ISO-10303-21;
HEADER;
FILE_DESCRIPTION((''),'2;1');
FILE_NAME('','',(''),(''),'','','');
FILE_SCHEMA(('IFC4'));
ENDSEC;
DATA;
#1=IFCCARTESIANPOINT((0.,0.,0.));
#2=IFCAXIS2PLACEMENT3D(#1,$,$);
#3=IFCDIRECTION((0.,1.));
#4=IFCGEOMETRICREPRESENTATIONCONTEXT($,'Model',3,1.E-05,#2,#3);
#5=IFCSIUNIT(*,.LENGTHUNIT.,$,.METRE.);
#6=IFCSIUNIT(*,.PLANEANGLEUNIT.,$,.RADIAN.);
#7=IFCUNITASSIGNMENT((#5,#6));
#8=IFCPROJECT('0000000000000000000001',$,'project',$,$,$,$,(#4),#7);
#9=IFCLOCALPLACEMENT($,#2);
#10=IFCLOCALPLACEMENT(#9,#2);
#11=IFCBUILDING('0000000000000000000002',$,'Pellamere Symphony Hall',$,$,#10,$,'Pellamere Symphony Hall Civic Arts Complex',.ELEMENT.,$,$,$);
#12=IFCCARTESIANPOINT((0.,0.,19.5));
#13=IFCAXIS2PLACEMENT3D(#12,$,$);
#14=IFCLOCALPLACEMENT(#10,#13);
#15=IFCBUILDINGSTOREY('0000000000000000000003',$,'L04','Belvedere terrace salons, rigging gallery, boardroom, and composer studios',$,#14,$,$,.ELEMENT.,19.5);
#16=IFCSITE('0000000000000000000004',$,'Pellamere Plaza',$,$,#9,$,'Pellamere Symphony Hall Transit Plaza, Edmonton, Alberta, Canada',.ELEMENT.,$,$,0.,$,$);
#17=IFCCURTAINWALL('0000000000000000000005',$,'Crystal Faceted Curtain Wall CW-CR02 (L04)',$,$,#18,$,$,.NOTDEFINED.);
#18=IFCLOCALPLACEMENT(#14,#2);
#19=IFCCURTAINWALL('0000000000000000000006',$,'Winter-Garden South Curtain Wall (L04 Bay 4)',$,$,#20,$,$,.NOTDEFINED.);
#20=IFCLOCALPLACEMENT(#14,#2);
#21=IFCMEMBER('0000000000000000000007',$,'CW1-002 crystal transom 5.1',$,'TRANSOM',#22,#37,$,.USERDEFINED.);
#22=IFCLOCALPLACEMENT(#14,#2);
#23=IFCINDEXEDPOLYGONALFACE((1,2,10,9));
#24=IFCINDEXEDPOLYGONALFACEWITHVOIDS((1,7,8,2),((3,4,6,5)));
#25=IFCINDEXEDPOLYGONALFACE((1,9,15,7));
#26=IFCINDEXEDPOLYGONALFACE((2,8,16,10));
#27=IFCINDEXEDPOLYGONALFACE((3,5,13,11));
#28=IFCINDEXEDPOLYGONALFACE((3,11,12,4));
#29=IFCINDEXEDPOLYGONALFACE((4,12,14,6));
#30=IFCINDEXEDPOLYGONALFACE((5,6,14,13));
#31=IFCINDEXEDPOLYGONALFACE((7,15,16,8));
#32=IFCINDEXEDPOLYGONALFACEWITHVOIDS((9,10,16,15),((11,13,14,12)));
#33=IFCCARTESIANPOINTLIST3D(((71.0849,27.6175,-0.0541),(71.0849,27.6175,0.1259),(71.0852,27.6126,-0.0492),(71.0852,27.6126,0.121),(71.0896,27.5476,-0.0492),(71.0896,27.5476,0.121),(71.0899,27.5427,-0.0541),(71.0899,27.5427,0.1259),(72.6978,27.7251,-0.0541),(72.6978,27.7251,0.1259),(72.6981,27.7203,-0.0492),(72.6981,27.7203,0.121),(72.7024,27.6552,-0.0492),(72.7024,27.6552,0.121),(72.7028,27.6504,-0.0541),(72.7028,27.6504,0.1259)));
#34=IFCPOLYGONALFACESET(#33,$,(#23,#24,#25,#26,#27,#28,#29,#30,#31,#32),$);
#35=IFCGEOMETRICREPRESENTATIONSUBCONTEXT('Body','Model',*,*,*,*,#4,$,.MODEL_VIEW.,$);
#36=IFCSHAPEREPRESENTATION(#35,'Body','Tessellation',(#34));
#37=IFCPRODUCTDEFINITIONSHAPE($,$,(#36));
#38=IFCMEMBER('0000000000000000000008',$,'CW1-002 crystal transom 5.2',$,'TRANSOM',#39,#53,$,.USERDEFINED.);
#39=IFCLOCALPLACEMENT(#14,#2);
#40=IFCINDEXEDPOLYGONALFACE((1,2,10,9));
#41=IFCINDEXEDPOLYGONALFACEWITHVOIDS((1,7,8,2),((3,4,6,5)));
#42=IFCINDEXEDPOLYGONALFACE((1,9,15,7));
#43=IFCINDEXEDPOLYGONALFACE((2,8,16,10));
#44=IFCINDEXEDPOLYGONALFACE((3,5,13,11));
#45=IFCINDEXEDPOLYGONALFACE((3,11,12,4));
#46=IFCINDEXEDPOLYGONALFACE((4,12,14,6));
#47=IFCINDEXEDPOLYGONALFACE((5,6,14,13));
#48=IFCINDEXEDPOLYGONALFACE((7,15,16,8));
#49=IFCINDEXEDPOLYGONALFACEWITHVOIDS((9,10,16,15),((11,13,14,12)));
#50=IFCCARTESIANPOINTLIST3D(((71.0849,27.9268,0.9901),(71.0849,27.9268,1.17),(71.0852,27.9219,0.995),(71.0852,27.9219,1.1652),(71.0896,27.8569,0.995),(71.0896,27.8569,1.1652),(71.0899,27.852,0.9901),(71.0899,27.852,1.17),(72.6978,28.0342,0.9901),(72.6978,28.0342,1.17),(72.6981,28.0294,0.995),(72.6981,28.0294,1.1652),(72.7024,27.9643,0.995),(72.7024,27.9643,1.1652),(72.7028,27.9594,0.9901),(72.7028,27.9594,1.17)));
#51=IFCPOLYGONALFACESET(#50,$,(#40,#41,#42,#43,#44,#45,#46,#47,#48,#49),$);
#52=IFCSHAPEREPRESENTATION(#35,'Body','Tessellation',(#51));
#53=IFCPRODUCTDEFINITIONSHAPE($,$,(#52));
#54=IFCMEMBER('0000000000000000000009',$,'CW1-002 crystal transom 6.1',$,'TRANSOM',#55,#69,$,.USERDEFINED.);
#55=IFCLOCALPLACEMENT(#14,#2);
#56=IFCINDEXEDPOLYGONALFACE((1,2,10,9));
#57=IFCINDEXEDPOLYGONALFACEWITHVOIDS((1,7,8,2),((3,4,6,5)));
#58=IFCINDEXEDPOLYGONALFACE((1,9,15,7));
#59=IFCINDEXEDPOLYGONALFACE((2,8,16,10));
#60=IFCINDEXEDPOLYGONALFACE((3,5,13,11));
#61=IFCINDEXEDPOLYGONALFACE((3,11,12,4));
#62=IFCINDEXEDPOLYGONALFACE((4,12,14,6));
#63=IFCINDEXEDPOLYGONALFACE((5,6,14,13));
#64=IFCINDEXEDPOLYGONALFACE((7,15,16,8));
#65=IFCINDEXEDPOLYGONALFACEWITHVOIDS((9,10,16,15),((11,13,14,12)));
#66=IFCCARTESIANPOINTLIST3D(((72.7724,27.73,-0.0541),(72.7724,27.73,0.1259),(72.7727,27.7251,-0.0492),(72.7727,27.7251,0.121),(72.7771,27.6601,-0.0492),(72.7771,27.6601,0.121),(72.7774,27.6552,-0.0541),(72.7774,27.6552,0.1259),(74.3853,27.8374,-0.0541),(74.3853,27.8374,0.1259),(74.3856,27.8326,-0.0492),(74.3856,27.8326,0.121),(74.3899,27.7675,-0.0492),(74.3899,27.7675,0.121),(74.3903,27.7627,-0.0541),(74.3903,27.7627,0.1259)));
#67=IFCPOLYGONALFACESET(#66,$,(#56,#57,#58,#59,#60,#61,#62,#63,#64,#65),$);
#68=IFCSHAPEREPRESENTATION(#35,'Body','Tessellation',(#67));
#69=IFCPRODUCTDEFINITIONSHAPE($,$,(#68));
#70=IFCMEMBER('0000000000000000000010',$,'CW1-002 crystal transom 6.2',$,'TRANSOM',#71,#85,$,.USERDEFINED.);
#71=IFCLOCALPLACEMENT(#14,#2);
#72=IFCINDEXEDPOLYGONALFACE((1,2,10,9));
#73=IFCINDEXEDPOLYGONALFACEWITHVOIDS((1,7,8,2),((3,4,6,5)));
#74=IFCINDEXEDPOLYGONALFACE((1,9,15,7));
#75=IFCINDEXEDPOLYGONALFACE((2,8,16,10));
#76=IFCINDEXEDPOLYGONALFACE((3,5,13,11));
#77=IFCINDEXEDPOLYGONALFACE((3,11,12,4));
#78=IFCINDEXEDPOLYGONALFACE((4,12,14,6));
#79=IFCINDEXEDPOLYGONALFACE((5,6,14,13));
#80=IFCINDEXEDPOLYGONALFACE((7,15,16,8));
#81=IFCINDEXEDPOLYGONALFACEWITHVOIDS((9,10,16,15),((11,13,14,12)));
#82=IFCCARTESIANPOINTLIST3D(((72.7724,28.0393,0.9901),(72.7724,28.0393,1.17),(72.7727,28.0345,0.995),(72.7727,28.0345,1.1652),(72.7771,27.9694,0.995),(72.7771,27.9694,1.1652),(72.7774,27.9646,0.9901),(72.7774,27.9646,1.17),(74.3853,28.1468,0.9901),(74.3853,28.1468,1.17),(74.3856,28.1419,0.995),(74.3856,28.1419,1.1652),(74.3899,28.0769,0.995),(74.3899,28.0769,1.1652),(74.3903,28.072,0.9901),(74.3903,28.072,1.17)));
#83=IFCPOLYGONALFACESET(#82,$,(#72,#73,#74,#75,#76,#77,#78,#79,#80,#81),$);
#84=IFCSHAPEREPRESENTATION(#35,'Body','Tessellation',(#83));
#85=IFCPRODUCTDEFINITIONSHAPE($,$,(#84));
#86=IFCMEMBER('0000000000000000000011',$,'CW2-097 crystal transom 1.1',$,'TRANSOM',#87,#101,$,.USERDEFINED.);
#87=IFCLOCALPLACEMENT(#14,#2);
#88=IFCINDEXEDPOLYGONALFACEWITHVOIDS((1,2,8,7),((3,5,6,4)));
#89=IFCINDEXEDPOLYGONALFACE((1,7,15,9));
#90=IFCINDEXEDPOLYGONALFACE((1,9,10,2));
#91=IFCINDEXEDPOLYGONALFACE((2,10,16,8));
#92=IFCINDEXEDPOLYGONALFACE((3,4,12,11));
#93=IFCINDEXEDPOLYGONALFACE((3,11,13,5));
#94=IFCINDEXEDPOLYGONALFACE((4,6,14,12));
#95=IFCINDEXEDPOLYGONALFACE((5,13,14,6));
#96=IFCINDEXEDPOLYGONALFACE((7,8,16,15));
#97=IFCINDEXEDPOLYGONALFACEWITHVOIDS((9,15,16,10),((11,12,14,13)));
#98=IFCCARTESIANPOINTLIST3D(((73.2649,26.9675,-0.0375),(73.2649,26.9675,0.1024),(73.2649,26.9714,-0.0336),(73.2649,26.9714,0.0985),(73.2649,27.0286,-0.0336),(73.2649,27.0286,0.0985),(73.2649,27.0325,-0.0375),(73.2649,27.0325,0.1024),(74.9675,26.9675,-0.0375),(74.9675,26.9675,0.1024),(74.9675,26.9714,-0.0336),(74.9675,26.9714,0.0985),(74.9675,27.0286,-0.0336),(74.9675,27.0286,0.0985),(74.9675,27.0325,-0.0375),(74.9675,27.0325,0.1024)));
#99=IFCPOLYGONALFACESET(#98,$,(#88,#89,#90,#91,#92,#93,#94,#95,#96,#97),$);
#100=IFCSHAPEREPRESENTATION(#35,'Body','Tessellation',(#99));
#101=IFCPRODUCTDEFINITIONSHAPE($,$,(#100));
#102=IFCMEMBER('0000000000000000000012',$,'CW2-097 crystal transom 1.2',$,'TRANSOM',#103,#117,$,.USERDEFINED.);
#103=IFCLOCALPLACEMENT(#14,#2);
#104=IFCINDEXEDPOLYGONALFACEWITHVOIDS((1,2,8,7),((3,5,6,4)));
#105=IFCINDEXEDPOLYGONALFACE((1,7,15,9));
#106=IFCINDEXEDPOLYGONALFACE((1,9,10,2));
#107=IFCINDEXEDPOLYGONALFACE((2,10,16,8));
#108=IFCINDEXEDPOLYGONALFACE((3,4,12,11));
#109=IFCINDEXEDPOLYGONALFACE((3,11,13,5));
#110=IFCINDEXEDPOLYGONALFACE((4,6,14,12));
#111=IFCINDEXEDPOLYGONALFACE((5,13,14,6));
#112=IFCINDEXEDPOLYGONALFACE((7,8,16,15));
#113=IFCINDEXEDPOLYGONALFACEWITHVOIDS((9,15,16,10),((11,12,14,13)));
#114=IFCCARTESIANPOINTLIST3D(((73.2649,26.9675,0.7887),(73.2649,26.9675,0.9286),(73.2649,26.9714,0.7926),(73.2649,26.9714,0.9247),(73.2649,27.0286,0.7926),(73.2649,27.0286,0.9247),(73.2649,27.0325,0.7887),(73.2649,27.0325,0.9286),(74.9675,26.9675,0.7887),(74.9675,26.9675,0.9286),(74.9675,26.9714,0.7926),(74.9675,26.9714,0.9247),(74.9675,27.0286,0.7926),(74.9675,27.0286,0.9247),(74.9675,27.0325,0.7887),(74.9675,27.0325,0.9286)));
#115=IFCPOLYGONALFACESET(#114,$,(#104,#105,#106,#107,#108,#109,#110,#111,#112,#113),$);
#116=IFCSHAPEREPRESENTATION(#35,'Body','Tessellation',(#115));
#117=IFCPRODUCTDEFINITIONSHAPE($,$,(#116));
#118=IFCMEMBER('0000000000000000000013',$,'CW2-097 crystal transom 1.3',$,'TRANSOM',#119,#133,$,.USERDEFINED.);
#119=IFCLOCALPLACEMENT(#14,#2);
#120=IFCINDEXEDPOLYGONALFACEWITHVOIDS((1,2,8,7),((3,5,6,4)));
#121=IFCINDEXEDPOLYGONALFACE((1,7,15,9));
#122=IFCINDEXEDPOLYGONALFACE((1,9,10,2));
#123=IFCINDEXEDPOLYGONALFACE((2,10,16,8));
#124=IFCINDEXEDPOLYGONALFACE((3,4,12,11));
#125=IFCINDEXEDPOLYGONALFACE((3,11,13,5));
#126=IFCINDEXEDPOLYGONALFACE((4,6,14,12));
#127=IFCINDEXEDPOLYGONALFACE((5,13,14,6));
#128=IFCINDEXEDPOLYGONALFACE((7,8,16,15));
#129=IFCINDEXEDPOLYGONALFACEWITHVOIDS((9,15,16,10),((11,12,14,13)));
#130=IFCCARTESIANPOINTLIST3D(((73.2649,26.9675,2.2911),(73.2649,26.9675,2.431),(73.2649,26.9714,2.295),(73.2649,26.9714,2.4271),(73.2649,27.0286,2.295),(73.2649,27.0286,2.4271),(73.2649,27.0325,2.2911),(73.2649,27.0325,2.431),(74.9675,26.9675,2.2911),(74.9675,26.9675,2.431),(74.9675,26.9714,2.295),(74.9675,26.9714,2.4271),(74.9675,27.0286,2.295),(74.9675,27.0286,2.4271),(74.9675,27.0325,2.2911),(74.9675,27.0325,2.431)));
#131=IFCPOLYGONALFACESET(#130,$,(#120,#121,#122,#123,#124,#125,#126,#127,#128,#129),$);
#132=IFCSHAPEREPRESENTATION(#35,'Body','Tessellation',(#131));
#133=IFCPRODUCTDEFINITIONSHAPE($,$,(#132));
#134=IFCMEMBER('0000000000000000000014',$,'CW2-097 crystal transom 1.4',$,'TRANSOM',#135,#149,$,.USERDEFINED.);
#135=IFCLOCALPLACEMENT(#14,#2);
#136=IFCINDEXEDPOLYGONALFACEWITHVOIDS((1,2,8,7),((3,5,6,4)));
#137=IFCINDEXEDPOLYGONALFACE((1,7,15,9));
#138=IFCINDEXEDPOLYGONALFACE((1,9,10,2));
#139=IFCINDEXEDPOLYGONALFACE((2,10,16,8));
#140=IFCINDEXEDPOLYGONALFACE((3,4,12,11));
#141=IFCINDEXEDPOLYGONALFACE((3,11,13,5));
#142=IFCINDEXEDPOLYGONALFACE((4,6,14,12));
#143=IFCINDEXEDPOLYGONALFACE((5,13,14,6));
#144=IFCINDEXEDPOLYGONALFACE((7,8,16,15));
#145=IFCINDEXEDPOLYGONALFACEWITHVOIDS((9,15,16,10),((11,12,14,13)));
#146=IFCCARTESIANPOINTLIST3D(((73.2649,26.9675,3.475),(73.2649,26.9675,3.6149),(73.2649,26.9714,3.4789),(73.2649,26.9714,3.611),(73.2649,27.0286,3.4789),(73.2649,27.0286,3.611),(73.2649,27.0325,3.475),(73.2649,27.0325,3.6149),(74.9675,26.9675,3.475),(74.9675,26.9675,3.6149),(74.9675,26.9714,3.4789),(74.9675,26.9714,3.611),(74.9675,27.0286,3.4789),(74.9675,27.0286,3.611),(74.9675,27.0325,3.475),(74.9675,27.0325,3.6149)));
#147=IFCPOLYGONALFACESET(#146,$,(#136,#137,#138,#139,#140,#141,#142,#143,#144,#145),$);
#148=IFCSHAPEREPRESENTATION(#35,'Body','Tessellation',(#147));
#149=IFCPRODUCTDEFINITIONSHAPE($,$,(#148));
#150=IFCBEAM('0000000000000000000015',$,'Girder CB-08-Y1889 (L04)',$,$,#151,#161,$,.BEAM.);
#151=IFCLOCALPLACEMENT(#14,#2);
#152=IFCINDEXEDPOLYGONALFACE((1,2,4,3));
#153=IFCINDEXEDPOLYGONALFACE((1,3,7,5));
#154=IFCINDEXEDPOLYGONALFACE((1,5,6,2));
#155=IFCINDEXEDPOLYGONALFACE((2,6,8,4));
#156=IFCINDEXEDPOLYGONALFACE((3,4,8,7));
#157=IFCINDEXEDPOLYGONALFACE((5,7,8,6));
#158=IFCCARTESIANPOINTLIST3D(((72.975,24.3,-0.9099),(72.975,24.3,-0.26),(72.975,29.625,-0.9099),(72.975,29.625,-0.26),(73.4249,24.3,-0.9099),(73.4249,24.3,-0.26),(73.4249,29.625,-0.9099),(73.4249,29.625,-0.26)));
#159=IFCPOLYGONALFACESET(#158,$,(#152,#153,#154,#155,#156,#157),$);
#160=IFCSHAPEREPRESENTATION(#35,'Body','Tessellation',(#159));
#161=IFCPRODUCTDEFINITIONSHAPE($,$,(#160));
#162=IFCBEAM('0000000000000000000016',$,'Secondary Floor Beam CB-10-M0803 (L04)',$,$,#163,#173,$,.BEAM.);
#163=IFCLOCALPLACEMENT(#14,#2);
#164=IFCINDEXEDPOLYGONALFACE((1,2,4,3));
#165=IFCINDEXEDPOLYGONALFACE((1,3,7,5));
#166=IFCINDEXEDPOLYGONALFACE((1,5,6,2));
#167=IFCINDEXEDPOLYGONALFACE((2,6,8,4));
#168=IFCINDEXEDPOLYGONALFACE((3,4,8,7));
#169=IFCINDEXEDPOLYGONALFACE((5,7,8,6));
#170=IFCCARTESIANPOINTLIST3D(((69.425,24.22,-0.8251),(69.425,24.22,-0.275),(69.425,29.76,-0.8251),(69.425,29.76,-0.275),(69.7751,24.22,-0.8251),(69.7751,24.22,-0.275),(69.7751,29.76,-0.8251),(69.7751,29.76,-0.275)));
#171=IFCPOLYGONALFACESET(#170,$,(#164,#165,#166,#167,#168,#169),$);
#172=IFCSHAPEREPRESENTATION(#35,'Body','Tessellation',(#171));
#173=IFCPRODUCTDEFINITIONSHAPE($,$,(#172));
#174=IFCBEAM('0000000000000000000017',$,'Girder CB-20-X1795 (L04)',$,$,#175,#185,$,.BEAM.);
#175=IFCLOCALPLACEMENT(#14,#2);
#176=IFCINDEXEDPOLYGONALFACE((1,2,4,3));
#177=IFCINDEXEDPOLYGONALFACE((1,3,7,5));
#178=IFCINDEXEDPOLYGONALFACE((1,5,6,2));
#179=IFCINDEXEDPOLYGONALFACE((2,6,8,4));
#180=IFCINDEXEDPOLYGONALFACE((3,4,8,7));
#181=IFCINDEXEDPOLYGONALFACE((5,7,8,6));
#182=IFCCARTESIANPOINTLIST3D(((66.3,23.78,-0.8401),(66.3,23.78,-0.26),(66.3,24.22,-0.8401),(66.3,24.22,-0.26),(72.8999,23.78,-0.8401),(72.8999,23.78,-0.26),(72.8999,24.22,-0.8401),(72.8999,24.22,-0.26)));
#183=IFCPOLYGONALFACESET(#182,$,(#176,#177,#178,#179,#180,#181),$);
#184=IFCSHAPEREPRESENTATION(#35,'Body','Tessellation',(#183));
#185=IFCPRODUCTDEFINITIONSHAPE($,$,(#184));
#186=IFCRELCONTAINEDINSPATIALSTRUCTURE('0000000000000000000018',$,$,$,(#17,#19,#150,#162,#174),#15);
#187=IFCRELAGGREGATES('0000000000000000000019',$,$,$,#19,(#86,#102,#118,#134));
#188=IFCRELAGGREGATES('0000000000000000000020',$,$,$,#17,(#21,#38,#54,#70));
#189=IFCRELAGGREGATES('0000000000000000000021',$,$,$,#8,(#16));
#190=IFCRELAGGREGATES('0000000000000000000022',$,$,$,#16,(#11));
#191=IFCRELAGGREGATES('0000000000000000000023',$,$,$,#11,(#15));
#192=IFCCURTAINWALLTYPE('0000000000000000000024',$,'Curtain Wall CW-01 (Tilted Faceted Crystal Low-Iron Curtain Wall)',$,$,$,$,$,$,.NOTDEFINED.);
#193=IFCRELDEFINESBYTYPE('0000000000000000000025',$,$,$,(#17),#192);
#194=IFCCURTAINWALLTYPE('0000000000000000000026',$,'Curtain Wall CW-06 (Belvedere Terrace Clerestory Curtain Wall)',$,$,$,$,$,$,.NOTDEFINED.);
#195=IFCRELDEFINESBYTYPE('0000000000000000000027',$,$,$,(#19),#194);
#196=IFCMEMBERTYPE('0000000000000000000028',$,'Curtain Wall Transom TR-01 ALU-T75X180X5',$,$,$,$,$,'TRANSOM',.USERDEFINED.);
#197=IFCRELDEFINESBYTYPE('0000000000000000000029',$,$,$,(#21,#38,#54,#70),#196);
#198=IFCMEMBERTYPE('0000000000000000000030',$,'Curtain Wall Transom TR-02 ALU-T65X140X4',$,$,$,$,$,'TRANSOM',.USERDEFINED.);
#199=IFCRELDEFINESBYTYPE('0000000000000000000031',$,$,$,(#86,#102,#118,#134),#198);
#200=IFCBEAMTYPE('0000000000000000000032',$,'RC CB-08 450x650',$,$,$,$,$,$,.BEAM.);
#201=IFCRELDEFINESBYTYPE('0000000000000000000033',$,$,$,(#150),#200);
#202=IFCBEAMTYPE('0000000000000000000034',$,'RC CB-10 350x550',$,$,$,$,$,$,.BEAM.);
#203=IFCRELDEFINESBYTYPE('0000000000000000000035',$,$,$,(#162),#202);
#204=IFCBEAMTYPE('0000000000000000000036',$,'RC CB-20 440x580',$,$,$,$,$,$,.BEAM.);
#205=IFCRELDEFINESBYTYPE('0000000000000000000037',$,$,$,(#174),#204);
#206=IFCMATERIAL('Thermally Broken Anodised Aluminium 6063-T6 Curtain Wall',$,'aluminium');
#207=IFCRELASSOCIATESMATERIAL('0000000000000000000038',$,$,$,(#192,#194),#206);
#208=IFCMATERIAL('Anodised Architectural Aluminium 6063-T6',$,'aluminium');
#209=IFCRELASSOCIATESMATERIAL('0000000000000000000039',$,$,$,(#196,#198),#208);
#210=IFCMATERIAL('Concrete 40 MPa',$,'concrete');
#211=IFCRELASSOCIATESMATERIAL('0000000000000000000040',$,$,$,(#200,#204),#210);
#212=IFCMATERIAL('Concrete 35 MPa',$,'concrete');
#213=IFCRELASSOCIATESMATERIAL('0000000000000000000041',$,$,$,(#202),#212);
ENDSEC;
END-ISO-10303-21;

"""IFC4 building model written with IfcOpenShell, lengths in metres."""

from ifc_helpers import new_model, si_unit, direction, frame, origin, origin_2d, place, context, subcontext, project, spatial, rectangle, hollow_rectangle, extrude, material, material_profile, profile_set, type_object, element, aggregate, save


model = new_model("IFC4")

# Units and contexts
model_context = context("Model", 3, precision=1e-05, world=origin(), true_north=direction((0.0, 1.0)))
body_context = subcontext(model_context, "Body", "Model", "MODEL_VIEW")
ifc_project = project(units=[si_unit("LENGTHUNIT", "METRE"), si_unit("PLANEANGLEUNIT", "RADIAN")], contexts=[model_context])

# Site, building, storey
site_placement = place(None, origin())
site = spatial("IfcSite", under=ifc_project, at=site_placement, Name="Pellamere Plaza", LongName="Pellamere Symphony Hall Transit Plaza, Edmonton, Alberta, Canada", CompositionType="ELEMENT", RefElevation=0.0)
building_placement = place(site_placement, origin())
building = spatial("IfcBuilding", under=site, at=building_placement, Name="Pellamere Symphony Hall", LongName="Pellamere Symphony Hall Civic Arts Complex", CompositionType="ELEMENT")
storey_placement = place(building_placement, frame((0.0, 0.0, 19.5)))
storey = spatial("IfcBuildingStorey", under=building, at=storey_placement, Name="L04", Description="Belvedere terrace salons, rigging gallery, boardroom, and composer studios", CompositionType="ELEMENT", Elevation=19.5)

# Curtain wall
ifc_material_1 = material(Name="Thermally Broken Anodised Aluminium 6063-T6 Curtain Wall", Category="aluminium")
curtain_wall_type_1 = type_object("IfcCurtainWallType", Name="Curtain Wall CW-01 (Tilted Faceted Crystal Low-Iron Curtain Wall)", PredefinedType="NOTDEFINED", material=ifc_material_1)
curtain_wall_1_placement = place(storey_placement, origin())
curtain_wall_1 = element("IfcCurtainWall", 1, at=curtain_wall_1_placement, inside=storey, type_object=curtain_wall_type_1, Name="Crystal Faceted Curtain Wall CW-CR02 (L04)", PredefinedType="NOTDEFINED")
ifc_material_2 = material(Name="Anodised Architectural Aluminium 6063-T6", Category="aluminium")

# Curtain wall
curtain_wall_type_2 = type_object("IfcCurtainWallType", Name="Curtain Wall CW-06 (Belvedere Terrace Clerestory Curtain Wall)", PredefinedType="NOTDEFINED", material=ifc_material_1)
curtain_wall_2_placement = place(storey_placement, origin())
curtain_wall_2 = element("IfcCurtainWall", 2, at=curtain_wall_2_placement, inside=storey, type_object=curtain_wall_type_2, Name="Winter-Garden South Curtain Wall (L04 Bay 4)", PredefinedType="NOTDEFINED")

# Members
ifc_material_profile_1 = material_profile(ifc_material_2, hollow_rectangle(XDim=0.075, YDim=0.1799, WallThickness=0.0049, at=origin_2d()), Name="ALU-T75X180X5")
ifc_profile_set_1 = profile_set([ifc_material_profile_1], Name="Anodised Architectural Aluminium 6063-T6")
member_type_1 = type_object("IfcMemberType", Name="Curtain Wall Transom TR-01 ALU-T75X180X5", ElementType="TRANSOM", PredefinedType="USERDEFINED", material=ifc_profile_set_1)
member_1_placement = place(storey_placement, frame((71.0874, 27.5801, 0.0359), z_axis=(0.997779, 0.066609, 0.0), x_axis=(-0.066609, 0.997779, 0.0)))
member_1 = element("IfcMember", 3, at=member_1_placement, type_object=member_type_1, Name="CW1-002 crystal transom 5.1", ObjectType="TRANSOM", PredefinedType="USERDEFINED", context=body_context, shape_type="SweptSolid", body=[
    extrude(hollow_rectangle(XDim=0.075, YDim=0.1799, WallThickness=0.0049, at=origin_2d()), origin(), (0.0, 0.0, 1.0), 1.6165),
])
member_2_placement = place(storey_placement, frame((71.0874, 27.8894, 1.0801), z_axis=(0.997789, 0.066459, 0.0), x_axis=(-0.066459, 0.997789, 0.0)))
member_2 = element("IfcMember", 4, at=member_2_placement, type_object=member_type_1, Name="CW1-002 crystal transom 5.2", ObjectType="TRANSOM", PredefinedType="USERDEFINED", context=body_context, shape_type="SweptSolid", body=[
    extrude(hollow_rectangle(XDim=0.075, YDim=0.1799, WallThickness=0.0049, at=origin_2d()), origin(), (0.0, 0.0, 1.0), 1.6165),
])
member_3_placement = place(storey_placement, frame((72.7749, 27.6926, 0.0359), z_axis=(0.997789, 0.066459, 0.0), x_axis=(-0.066459, 0.997789, 0.0)))
member_3 = element("IfcMember", 5, at=member_3_placement, type_object=member_type_1, Name="CW1-002 crystal transom 6.1", ObjectType="TRANSOM", PredefinedType="USERDEFINED", context=body_context, shape_type="SweptSolid", body=[
    extrude(hollow_rectangle(XDim=0.075, YDim=0.1799, WallThickness=0.0049, at=origin_2d()), origin(), (0.0, 0.0, 1.0), 1.6165),
])
member_4_placement = place(storey_placement, frame((72.7749, 28.002, 1.0801), z_axis=(0.997789, 0.066459, 0.0), x_axis=(-0.066459, 0.997789, 0.0)))
member_4 = element("IfcMember", 6, at=member_4_placement, type_object=member_type_1, Name="CW1-002 crystal transom 6.2", ObjectType="TRANSOM", PredefinedType="USERDEFINED", context=body_context, shape_type="SweptSolid", body=[
    extrude(hollow_rectangle(XDim=0.075, YDim=0.1799, WallThickness=0.0049, at=origin_2d()), origin(), (0.0, 0.0, 1.0), 1.6165),
])
ifc_material_profile_2 = material_profile(ifc_material_2, hollow_rectangle(XDim=0.0649, YDim=0.1399, WallThickness=0.0039, at=origin_2d()), Name="ALU-T65X140X4")
ifc_profile_set_2 = profile_set([ifc_material_profile_2], Name="Anodised Architectural Aluminium 6063-T6")
member_type_2 = type_object("IfcMemberType", Name="Curtain Wall Transom TR-02 ALU-T65X140X4", ElementType="TRANSOM", PredefinedType="USERDEFINED", material=ifc_profile_set_2)
member_5_placement = place(storey_placement, frame((73.2649, 27.0, 0.0325), z_axis=(1.0, 0.0, 0.0), x_axis=(0.0, 1.0, 0.0)))
member_5 = element("IfcMember", 7, at=member_5_placement, type_object=member_type_2, Name="CW2-097 crystal transom 1.1", ObjectType="TRANSOM", PredefinedType="USERDEFINED", context=body_context, shape_type="SweptSolid", body=[
    extrude(hollow_rectangle(XDim=0.0649, YDim=0.1399, WallThickness=0.0039, at=origin_2d()), origin(), (0.0, 0.0, 1.0), 1.7026),
])
member_6_placement = place(storey_placement, frame((73.2649, 27.0, 0.8586), z_axis=(1.0, 0.0, 0.0), x_axis=(0.0, 1.0, 0.0)))
member_6 = element("IfcMember", 8, at=member_6_placement, type_object=member_type_2, Name="CW2-097 crystal transom 1.2", ObjectType="TRANSOM", PredefinedType="USERDEFINED", context=body_context, shape_type="SweptSolid", body=[
    extrude(hollow_rectangle(XDim=0.0649, YDim=0.1399, WallThickness=0.0039, at=origin_2d()), origin(), (0.0, 0.0, 1.0), 1.7026),
])
member_7_placement = place(storey_placement, frame((73.2649, 27.0, 2.3611), z_axis=(1.0, 0.0, 0.0), x_axis=(0.0, 1.0, 0.0)))
member_7 = element("IfcMember", 9, at=member_7_placement, type_object=member_type_2, Name="CW2-097 crystal transom 1.3", ObjectType="TRANSOM", PredefinedType="USERDEFINED", context=body_context, shape_type="SweptSolid", body=[
    extrude(hollow_rectangle(XDim=0.0649, YDim=0.1399, WallThickness=0.0039, at=origin_2d()), origin(), (0.0, 0.0, 1.0), 1.7026),
])
member_8_placement = place(storey_placement, frame((73.2649, 27.0, 3.5449), z_axis=(1.0, 0.0, 0.0), x_axis=(0.0, 1.0, 0.0)))
member_8 = element("IfcMember", 10, at=member_8_placement, type_object=member_type_2, Name="CW2-097 crystal transom 1.4", ObjectType="TRANSOM", PredefinedType="USERDEFINED", context=body_context, shape_type="SweptSolid", body=[
    extrude(hollow_rectangle(XDim=0.0649, YDim=0.1399, WallThickness=0.0039, at=origin_2d()), origin(), (0.0, 0.0, 1.0), 1.7026),
])

# Beams
ifc_material_3 = material(Name="Concrete 40 MPa", Category="concrete")
ifc_material_profile_3 = material_profile(ifc_material_3, rectangle(XDim=0.45, YDim=0.6499, at=origin_2d()), Name="RC 450x650")
ifc_profile_set_3 = profile_set([ifc_material_profile_3], Name="Concrete 40 MPa")
beam_type_1 = type_object("IfcBeamType", Name="RC CB-08 450x650", PredefinedType="BEAM", material=ifc_profile_set_3)
beam_1_placement = place(storey_placement, frame((73.2, 24.3, -0.585), z_axis=(0.0, 1.0, 0.0), x_axis=(-1.0, 0.0, 0.0)))
element("IfcBeam", 11, at=beam_1_placement, inside=storey, type_object=beam_type_1, Name="Girder CB-08-Y1889 (L04)", PredefinedType="BEAM", context=body_context, shape_type="SweptSolid", body=[
    extrude(rectangle(XDim=0.45, YDim=0.6499, at=origin_2d()), origin(), (0.0, 0.0, 1.0), 5.325),
])
ifc_material_4 = material(Name="Concrete 35 MPa", Category="concrete")
ifc_material_profile_4 = material_profile(ifc_material_4, rectangle(XDim=0.3501, YDim=0.55, at=origin_2d()), Name="RC 350x550")
ifc_profile_set_4 = profile_set([ifc_material_profile_4], Name="Concrete 35 MPa")
beam_type_2 = type_object("IfcBeamType", Name="RC CB-10 350x550", PredefinedType="BEAM", material=ifc_profile_set_4)
beam_2_placement = place(storey_placement, frame((69.6001, 24.22, -0.55), z_axis=(0.0, 1.0, 0.0), x_axis=(-1.0, 0.0, 0.0)))
element("IfcBeam", 12, at=beam_2_placement, inside=storey, type_object=beam_type_2, Name="Secondary Floor Beam CB-10-M0803 (L04)", PredefinedType="BEAM", context=body_context, shape_type="SweptSolid", body=[
    extrude(rectangle(XDim=0.3501, YDim=0.55, at=origin_2d()), origin(), (0.0, 0.0, 1.0), 5.54),
])
ifc_material_profile_5 = material_profile(ifc_material_3, rectangle(XDim=0.4399, YDim=0.5801, at=origin_2d()), Name="RC 440x580")
ifc_profile_set_5 = profile_set([ifc_material_profile_5], Name="Concrete 40 MPa")
beam_type_3 = type_object("IfcBeamType", Name="RC CB-20 440x580", PredefinedType="BEAM", material=ifc_profile_set_5)
beam_3_placement = place(storey_placement, frame((66.3, 24.0, -0.55), z_axis=(1.0, 0.0, 0.0), x_axis=(0.0, 1.0, 0.0)))
element("IfcBeam", 13, at=beam_3_placement, inside=storey, type_object=beam_type_3, Name="Girder CB-20-X1795 (L04)", PredefinedType="BEAM", context=body_context, shape_type="SweptSolid", body=[
    extrude(rectangle(XDim=0.4399, YDim=0.5801, at=origin_2d()), origin(), (0.0, 0.0, 1.0), 6.5999),
])

aggregate(curtain_wall_2, [member_5, member_6, member_7, member_8])
aggregate(curtain_wall_1, [member_1, member_2, member_3, member_4])

save(model, "model.ifc")
